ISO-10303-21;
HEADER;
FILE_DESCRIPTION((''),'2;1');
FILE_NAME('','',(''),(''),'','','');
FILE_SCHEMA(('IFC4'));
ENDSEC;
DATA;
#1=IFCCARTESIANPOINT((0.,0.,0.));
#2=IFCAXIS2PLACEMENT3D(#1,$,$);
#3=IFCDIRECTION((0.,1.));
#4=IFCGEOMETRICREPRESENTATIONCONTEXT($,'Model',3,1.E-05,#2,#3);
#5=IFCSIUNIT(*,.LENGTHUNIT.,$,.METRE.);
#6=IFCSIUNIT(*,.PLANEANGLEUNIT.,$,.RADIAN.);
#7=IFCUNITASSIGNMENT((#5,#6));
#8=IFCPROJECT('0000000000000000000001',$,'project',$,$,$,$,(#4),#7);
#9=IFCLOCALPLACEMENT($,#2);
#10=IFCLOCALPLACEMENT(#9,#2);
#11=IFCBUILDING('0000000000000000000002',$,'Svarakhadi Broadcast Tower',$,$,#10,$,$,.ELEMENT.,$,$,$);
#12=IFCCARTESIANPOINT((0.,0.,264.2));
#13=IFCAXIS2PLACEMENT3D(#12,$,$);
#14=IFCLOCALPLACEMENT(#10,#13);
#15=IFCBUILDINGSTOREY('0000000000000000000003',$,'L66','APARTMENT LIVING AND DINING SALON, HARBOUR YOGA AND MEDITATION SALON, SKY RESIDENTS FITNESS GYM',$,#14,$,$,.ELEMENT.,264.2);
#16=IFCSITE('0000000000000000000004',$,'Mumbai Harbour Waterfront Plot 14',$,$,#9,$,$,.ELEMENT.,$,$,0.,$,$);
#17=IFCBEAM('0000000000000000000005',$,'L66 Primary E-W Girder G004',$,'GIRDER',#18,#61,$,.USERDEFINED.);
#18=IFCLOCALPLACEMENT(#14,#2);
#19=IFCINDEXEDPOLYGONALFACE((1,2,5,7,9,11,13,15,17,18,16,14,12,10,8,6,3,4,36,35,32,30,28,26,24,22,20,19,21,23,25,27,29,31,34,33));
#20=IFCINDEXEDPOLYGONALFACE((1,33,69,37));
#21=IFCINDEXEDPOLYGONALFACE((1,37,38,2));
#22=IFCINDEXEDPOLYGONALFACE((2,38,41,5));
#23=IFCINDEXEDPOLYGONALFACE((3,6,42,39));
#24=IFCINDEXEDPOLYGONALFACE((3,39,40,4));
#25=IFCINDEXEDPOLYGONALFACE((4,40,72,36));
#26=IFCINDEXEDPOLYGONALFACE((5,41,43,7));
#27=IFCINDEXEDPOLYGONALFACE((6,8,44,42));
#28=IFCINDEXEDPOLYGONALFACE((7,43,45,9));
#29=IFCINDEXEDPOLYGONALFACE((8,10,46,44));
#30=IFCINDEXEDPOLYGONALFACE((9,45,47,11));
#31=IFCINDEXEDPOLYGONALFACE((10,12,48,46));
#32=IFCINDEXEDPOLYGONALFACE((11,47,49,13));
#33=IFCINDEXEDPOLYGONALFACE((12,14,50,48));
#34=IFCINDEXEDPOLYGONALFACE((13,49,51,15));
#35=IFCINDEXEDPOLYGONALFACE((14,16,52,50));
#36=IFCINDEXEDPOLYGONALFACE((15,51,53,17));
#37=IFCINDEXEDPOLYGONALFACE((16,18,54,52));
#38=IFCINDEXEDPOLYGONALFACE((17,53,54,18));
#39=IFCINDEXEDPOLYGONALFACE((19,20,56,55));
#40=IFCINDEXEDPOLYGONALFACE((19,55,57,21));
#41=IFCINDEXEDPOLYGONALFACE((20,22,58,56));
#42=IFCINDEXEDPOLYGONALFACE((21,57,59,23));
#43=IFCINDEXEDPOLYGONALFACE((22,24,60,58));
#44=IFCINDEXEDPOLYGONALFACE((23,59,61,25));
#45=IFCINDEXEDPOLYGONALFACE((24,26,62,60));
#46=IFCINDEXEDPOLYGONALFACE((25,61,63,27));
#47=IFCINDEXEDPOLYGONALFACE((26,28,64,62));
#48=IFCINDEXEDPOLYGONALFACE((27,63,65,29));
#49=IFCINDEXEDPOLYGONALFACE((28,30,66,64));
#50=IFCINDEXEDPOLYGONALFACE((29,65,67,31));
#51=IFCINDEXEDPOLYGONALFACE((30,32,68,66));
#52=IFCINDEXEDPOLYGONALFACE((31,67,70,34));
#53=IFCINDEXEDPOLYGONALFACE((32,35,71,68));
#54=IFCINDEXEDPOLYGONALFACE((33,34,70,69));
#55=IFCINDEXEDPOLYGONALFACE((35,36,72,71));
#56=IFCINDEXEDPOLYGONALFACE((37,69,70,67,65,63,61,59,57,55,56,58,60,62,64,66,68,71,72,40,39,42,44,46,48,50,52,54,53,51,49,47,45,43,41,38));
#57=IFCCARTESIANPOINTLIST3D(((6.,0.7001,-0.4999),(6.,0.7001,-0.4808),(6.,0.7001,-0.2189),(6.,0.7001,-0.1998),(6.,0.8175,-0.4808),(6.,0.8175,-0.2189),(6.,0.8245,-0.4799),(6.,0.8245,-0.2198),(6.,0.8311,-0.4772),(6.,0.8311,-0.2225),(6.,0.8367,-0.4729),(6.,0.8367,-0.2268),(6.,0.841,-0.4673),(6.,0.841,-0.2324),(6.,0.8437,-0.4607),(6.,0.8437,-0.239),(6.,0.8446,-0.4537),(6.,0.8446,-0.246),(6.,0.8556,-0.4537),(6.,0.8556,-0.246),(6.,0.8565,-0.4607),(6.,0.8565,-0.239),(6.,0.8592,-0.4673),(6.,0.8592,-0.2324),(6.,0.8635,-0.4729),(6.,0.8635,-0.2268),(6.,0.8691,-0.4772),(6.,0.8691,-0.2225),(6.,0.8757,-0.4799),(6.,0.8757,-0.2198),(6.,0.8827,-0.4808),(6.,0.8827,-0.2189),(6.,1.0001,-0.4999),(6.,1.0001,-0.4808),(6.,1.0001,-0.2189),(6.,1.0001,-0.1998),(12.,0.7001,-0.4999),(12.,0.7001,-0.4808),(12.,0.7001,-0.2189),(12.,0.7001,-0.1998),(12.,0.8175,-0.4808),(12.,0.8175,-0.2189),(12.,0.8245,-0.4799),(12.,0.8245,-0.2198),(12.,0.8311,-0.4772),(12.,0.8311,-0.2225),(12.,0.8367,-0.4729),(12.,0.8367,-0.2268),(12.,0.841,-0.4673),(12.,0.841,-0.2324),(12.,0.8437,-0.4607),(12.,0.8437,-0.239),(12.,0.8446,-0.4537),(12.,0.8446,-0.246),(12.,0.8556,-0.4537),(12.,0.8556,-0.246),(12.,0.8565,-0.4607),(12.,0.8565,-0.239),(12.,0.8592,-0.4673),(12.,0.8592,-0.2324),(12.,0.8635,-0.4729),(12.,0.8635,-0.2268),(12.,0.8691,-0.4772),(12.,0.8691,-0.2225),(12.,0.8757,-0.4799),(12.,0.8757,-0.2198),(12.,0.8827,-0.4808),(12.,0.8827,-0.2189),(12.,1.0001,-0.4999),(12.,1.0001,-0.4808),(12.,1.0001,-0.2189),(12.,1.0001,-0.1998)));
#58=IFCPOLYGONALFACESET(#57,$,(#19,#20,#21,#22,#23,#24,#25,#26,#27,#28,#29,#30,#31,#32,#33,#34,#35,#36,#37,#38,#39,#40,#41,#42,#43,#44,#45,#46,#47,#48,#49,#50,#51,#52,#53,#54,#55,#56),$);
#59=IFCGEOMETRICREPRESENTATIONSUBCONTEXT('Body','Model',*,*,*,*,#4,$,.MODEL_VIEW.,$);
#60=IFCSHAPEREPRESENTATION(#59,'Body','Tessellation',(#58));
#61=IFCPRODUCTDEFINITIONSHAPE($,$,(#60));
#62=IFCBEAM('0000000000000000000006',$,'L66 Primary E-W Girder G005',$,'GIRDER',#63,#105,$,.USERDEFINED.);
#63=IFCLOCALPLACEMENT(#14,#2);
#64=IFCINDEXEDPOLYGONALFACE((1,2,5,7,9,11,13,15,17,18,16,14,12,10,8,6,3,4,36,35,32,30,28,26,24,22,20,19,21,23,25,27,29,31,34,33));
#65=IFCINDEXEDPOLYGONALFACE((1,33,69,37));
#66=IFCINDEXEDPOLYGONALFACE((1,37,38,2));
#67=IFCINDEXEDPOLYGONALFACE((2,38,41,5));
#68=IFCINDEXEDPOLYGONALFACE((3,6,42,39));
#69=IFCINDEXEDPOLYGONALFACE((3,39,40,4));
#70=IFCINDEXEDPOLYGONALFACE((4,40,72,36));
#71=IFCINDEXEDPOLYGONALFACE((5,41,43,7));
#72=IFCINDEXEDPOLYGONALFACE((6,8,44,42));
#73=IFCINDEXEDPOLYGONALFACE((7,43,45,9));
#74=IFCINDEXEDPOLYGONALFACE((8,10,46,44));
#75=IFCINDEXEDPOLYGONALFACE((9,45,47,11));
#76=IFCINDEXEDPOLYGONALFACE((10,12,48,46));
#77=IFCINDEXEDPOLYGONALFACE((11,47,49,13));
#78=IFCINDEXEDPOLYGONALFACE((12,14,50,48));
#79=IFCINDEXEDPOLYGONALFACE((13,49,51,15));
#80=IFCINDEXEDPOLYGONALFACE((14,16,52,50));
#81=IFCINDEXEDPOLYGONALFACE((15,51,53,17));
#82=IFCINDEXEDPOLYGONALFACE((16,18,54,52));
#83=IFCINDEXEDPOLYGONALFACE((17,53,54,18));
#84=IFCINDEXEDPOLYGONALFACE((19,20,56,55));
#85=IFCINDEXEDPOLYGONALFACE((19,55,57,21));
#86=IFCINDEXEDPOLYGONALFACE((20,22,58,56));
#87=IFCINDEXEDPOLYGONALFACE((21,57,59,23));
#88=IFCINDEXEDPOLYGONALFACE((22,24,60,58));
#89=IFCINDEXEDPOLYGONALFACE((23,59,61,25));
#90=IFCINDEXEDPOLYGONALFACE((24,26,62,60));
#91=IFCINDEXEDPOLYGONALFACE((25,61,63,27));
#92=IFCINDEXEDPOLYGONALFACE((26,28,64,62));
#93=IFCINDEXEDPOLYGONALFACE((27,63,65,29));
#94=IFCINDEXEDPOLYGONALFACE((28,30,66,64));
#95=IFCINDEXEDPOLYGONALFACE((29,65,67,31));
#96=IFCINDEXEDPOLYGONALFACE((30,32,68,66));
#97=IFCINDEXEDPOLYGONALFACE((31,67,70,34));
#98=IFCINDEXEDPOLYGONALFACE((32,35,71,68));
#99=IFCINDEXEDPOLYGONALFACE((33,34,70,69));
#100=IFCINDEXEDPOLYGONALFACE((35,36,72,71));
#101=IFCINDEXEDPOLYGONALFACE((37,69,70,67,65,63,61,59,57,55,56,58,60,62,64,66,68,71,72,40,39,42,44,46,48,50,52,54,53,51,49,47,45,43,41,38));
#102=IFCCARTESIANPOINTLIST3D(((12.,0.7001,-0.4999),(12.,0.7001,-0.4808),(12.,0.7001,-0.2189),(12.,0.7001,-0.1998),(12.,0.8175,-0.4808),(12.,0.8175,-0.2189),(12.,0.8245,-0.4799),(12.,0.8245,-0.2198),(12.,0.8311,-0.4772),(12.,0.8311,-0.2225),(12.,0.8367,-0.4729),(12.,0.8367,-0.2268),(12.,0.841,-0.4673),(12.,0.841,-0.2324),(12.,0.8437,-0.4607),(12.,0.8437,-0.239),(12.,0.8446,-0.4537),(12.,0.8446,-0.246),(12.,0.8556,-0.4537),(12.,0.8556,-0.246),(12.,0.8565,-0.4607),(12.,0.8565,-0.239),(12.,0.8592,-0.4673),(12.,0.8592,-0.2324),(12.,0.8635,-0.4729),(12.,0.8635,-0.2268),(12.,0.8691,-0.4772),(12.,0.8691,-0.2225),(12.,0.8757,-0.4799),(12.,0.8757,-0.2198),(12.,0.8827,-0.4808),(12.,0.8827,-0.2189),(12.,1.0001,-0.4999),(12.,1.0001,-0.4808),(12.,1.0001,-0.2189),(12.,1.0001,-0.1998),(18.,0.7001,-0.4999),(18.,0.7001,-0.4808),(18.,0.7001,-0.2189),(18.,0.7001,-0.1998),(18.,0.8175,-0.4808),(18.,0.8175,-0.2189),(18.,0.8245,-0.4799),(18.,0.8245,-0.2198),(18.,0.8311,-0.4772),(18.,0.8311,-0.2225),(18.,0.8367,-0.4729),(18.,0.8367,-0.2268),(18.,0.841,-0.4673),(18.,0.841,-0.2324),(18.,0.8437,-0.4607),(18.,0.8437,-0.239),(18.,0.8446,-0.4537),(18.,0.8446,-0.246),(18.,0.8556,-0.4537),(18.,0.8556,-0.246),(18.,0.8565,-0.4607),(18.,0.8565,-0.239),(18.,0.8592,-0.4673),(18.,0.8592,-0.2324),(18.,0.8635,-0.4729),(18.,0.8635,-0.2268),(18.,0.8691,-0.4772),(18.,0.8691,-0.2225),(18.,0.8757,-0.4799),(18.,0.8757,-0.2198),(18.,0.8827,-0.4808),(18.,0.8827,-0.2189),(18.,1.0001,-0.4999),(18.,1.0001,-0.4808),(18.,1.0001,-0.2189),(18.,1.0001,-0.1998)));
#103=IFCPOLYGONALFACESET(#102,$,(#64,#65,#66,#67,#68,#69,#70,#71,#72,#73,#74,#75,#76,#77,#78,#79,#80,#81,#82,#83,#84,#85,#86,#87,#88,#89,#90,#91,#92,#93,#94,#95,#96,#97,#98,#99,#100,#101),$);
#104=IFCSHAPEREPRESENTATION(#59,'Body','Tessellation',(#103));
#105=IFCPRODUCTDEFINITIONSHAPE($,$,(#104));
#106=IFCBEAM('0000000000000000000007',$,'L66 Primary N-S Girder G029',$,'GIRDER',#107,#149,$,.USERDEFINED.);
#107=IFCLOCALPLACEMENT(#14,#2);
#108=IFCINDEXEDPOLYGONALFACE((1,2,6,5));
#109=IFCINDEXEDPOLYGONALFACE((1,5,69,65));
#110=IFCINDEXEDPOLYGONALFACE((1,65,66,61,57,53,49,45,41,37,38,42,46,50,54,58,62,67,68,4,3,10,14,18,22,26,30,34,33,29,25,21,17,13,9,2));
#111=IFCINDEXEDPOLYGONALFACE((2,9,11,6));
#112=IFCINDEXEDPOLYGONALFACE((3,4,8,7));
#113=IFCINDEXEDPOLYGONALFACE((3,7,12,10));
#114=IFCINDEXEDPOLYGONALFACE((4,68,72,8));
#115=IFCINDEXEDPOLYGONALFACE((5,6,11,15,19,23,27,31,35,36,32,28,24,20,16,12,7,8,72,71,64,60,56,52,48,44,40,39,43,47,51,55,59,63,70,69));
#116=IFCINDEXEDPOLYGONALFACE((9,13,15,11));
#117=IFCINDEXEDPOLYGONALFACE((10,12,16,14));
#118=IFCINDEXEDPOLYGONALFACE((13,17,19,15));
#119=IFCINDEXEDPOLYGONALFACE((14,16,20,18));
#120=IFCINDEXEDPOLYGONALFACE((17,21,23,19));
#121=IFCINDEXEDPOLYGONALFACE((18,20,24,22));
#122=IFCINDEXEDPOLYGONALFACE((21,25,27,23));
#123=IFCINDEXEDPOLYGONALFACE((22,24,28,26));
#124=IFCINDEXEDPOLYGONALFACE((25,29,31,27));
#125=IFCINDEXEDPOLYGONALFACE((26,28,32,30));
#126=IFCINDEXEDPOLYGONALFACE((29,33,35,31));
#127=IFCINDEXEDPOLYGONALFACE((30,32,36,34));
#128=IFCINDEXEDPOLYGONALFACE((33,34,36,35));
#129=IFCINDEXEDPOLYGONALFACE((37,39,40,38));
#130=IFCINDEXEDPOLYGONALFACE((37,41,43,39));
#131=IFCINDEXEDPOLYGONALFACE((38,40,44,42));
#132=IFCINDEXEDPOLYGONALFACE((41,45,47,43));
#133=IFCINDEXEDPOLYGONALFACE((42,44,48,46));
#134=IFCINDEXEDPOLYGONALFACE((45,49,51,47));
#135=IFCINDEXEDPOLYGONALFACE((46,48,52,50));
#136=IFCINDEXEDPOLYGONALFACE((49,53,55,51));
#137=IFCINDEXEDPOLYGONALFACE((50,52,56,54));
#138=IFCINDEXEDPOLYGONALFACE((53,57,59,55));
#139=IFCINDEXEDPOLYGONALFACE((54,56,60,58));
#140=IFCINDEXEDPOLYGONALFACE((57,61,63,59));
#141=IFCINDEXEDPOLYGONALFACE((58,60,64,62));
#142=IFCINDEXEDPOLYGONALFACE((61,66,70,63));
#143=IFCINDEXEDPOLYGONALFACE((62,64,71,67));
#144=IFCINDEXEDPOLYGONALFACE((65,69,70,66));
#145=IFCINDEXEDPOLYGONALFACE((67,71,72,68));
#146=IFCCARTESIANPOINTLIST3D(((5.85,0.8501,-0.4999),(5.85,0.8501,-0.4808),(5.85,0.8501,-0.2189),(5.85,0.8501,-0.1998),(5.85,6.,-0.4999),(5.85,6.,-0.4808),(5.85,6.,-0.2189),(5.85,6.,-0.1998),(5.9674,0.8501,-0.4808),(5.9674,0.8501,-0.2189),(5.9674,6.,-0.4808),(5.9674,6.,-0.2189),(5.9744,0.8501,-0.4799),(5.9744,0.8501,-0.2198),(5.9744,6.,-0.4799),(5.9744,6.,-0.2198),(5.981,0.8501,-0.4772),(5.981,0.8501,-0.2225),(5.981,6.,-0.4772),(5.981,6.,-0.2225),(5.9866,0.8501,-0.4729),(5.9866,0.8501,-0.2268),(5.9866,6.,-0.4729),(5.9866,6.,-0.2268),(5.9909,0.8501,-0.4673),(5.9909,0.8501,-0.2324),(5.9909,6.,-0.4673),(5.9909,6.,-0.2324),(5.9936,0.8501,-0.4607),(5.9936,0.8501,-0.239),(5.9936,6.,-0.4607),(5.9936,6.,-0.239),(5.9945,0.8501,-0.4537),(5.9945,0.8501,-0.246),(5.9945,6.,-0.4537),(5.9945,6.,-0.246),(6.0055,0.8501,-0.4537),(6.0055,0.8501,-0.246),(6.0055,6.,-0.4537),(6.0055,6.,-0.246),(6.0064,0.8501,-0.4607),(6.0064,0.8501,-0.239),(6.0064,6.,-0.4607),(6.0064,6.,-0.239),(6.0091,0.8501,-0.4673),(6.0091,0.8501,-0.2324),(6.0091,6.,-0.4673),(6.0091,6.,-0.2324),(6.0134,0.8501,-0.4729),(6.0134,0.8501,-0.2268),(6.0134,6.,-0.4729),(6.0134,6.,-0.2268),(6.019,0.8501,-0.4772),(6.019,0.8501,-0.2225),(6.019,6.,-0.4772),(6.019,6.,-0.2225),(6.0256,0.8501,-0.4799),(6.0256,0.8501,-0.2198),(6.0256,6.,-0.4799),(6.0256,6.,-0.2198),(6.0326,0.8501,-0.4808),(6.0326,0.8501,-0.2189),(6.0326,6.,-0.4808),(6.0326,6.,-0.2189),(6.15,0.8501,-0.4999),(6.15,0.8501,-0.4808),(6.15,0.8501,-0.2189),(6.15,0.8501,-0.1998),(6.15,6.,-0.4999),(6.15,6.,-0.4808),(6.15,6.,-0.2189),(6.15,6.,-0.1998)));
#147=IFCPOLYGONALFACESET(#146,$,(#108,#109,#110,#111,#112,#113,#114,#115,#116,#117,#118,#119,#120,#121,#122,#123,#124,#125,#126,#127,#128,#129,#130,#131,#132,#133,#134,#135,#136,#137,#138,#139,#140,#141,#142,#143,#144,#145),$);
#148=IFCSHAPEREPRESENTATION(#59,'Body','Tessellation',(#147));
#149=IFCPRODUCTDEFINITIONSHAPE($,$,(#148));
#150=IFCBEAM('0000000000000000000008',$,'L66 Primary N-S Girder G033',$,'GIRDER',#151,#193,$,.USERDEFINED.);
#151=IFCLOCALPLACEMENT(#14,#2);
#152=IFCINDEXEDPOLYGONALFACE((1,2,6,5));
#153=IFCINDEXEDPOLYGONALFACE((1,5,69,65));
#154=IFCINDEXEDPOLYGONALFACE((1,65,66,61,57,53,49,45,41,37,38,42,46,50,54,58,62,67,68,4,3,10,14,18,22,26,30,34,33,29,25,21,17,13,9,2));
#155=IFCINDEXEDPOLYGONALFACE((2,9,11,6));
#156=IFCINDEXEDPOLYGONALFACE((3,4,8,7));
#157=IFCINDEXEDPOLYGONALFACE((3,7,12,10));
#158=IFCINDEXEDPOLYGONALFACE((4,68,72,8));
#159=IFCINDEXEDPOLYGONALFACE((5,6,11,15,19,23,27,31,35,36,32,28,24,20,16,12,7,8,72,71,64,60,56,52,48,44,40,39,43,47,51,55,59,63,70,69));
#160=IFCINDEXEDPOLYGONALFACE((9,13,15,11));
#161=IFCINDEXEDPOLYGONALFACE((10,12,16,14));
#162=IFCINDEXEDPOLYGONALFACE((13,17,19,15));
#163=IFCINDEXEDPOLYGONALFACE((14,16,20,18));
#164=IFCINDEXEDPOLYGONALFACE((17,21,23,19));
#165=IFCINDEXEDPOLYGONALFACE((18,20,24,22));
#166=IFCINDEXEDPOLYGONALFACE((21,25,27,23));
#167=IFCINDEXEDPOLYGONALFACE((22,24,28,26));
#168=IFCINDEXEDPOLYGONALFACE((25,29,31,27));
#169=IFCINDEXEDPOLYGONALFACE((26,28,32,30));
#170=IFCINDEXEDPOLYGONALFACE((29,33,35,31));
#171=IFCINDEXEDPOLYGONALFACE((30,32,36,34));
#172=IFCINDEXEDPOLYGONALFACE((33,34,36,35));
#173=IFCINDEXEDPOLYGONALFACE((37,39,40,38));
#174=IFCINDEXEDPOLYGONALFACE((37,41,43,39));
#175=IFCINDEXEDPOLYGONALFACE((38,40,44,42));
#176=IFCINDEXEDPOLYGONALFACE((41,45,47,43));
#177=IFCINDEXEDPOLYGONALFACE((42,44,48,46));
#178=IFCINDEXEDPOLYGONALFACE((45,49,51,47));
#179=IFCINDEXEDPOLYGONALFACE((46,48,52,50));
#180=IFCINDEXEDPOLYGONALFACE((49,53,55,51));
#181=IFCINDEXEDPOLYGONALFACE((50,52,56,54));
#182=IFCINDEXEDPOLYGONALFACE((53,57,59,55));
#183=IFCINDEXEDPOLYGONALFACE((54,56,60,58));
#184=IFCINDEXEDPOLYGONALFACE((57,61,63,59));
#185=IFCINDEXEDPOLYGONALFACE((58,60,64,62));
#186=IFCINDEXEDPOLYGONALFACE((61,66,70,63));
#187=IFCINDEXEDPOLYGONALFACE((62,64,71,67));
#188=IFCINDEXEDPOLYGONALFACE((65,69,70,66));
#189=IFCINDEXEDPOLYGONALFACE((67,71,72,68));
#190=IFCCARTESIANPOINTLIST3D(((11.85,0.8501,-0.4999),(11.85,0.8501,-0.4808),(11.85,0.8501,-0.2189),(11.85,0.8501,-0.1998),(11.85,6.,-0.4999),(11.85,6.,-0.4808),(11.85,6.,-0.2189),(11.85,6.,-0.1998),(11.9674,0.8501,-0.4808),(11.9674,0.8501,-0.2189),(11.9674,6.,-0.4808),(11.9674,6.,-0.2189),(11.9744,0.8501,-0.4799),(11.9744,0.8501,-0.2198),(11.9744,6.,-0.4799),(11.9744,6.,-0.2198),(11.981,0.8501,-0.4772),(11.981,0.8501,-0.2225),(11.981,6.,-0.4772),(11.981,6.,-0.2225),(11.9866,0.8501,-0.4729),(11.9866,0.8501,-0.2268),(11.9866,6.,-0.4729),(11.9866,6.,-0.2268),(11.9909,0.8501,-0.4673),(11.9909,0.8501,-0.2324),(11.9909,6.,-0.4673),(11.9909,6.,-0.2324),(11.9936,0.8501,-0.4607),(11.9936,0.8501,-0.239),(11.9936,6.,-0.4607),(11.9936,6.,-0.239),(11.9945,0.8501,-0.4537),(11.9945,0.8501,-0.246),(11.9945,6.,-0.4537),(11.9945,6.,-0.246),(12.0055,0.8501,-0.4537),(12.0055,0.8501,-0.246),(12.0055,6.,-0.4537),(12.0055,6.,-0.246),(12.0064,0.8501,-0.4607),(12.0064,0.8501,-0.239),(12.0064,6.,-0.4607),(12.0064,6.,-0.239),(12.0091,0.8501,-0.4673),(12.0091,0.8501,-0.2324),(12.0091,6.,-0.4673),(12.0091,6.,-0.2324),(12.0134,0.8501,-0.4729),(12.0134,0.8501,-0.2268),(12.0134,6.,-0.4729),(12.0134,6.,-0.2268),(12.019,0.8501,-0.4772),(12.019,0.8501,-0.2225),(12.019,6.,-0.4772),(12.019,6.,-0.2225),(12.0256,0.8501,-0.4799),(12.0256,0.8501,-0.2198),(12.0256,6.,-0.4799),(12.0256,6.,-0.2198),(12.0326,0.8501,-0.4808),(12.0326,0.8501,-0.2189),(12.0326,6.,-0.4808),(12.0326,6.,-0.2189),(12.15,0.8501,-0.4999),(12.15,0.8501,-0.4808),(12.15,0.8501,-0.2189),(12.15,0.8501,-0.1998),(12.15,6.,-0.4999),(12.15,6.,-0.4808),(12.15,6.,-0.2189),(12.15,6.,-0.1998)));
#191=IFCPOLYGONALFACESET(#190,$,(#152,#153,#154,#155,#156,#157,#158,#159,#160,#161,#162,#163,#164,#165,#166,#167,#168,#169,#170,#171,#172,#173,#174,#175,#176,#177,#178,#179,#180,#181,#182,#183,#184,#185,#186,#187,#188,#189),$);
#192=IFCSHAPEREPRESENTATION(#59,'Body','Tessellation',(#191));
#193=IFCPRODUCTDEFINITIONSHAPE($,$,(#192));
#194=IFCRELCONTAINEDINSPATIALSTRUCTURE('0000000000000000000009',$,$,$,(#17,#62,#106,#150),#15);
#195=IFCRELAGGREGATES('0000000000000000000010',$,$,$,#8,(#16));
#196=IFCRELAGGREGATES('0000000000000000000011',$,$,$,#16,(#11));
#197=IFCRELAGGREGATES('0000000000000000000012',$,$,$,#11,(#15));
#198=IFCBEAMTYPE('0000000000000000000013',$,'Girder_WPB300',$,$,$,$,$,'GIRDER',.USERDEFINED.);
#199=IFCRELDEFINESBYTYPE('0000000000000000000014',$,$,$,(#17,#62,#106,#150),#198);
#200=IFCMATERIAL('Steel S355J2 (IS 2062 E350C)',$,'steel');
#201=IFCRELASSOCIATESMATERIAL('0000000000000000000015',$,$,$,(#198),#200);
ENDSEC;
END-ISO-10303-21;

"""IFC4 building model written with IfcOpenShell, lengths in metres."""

from ifc_helpers import new_model, si_unit, direction, frame, origin, origin_2d, place, context, subcontext, project, spatial, i_section, extrude, material, material_profile, profile_set, type_object, element, save


model = new_model("IFC4")

# Units and contexts
model_context = context("Model", 3, precision=1e-05, world=origin(), true_north=direction((0.0, 1.0)))
body_context = subcontext(model_context, "Body", "Model", "MODEL_VIEW")
ifc_project = project(units=[si_unit("LENGTHUNIT", "METRE"), si_unit("PLANEANGLEUNIT", "RADIAN")], contexts=[model_context])

# Site, building, storey
site_placement = place(None, origin())
site = spatial("IfcSite", under=ifc_project, at=site_placement, Name="Mumbai Harbour Waterfront Plot 14", CompositionType="ELEMENT", RefElevation=0.0)
building_placement = place(site_placement, origin())
building = spatial("IfcBuilding", under=site, at=building_placement, Name="Svarakhadi Broadcast Tower", CompositionType="ELEMENT")
storey_placement = place(building_placement, frame((0.0, 0.0, 264.2)))
storey = spatial("IfcBuildingStorey", under=building, at=storey_placement, Name="L66", Description="APARTMENT LIVING AND DINING SALON, HARBOUR YOGA AND MEDITATION SALON, SKY RESIDENTS FITNESS GYM", CompositionType="ELEMENT", Elevation=264.2)

# Beams
ifc_material_1 = material(Name="Steel S355J2 (IS 2062 E350C)", Category="steel")
ifc_material_profile_1 = material_profile(ifc_material_1, i_section(OverallWidth=0.3, OverallDepth=0.3, WebThickness=0.011, FlangeThickness=0.019, FilletRadius=0.0271, at=origin_2d()), Name="WPB 300x300x117")
ifc_profile_set_1 = profile_set([ifc_material_profile_1], Name="Steel S355J2 (IS 2062 E350C)")
beam_type_1 = type_object("IfcBeamType", Name="Girder_WPB300", ElementType="GIRDER", PredefinedType="USERDEFINED", material=ifc_profile_set_1)
for number, where, z_axis, x_axis, name in (
    (1, (6.0, 0.8501, -0.3499), (1.0, 0.0, 0.0), (0.0, 1.0, 0.0), "L66 Primary E-W Girder G004"),
    (2, (12.0, 0.8501, -0.3499), (1.0, 0.0, 0.0), (0.0, 1.0, 0.0), "L66 Primary E-W Girder G005"),
):
    element("IfcBeam", number, at=place(storey_placement, frame(where, z_axis=z_axis, x_axis=x_axis)), inside=storey, type_object=beam_type_1, Name=name, ObjectType="GIRDER", PredefinedType="USERDEFINED", context=body_context, shape_type="SweptSolid", body=[
        extrude(i_section(OverallWidth=0.3, OverallDepth=0.3, WebThickness=0.011, FlangeThickness=0.019, FilletRadius=0.0271, at=origin_2d()), origin(), (0.0, 0.0, 1.0), 6.0),
    ])
for number, where, z_axis, x_axis, name in (
    (3, (6.0, 0.8501, -0.3499), (0.0, 1.0, 0.0), (-1.0, 0.0, 0.0), "L66 Primary N-S Girder G029"),
    (4, (12.0, 0.8501, -0.3499), (0.0, 1.0, 0.0), (-1.0, 0.0, 0.0), "L66 Primary N-S Girder G033"),
):
    element("IfcBeam", number, at=place(storey_placement, frame(where, z_axis=z_axis, x_axis=x_axis)), inside=storey, type_object=beam_type_1, Name=name, ObjectType="GIRDER", PredefinedType="USERDEFINED", context=body_context, shape_type="SweptSolid", body=[
        extrude(i_section(OverallWidth=0.3, OverallDepth=0.3, WebThickness=0.011, FlangeThickness=0.019, FilletRadius=0.0271, at=origin_2d()), origin(), (0.0, 0.0, 1.0), 5.1499),
    ])

save(model, "model.ifc")
